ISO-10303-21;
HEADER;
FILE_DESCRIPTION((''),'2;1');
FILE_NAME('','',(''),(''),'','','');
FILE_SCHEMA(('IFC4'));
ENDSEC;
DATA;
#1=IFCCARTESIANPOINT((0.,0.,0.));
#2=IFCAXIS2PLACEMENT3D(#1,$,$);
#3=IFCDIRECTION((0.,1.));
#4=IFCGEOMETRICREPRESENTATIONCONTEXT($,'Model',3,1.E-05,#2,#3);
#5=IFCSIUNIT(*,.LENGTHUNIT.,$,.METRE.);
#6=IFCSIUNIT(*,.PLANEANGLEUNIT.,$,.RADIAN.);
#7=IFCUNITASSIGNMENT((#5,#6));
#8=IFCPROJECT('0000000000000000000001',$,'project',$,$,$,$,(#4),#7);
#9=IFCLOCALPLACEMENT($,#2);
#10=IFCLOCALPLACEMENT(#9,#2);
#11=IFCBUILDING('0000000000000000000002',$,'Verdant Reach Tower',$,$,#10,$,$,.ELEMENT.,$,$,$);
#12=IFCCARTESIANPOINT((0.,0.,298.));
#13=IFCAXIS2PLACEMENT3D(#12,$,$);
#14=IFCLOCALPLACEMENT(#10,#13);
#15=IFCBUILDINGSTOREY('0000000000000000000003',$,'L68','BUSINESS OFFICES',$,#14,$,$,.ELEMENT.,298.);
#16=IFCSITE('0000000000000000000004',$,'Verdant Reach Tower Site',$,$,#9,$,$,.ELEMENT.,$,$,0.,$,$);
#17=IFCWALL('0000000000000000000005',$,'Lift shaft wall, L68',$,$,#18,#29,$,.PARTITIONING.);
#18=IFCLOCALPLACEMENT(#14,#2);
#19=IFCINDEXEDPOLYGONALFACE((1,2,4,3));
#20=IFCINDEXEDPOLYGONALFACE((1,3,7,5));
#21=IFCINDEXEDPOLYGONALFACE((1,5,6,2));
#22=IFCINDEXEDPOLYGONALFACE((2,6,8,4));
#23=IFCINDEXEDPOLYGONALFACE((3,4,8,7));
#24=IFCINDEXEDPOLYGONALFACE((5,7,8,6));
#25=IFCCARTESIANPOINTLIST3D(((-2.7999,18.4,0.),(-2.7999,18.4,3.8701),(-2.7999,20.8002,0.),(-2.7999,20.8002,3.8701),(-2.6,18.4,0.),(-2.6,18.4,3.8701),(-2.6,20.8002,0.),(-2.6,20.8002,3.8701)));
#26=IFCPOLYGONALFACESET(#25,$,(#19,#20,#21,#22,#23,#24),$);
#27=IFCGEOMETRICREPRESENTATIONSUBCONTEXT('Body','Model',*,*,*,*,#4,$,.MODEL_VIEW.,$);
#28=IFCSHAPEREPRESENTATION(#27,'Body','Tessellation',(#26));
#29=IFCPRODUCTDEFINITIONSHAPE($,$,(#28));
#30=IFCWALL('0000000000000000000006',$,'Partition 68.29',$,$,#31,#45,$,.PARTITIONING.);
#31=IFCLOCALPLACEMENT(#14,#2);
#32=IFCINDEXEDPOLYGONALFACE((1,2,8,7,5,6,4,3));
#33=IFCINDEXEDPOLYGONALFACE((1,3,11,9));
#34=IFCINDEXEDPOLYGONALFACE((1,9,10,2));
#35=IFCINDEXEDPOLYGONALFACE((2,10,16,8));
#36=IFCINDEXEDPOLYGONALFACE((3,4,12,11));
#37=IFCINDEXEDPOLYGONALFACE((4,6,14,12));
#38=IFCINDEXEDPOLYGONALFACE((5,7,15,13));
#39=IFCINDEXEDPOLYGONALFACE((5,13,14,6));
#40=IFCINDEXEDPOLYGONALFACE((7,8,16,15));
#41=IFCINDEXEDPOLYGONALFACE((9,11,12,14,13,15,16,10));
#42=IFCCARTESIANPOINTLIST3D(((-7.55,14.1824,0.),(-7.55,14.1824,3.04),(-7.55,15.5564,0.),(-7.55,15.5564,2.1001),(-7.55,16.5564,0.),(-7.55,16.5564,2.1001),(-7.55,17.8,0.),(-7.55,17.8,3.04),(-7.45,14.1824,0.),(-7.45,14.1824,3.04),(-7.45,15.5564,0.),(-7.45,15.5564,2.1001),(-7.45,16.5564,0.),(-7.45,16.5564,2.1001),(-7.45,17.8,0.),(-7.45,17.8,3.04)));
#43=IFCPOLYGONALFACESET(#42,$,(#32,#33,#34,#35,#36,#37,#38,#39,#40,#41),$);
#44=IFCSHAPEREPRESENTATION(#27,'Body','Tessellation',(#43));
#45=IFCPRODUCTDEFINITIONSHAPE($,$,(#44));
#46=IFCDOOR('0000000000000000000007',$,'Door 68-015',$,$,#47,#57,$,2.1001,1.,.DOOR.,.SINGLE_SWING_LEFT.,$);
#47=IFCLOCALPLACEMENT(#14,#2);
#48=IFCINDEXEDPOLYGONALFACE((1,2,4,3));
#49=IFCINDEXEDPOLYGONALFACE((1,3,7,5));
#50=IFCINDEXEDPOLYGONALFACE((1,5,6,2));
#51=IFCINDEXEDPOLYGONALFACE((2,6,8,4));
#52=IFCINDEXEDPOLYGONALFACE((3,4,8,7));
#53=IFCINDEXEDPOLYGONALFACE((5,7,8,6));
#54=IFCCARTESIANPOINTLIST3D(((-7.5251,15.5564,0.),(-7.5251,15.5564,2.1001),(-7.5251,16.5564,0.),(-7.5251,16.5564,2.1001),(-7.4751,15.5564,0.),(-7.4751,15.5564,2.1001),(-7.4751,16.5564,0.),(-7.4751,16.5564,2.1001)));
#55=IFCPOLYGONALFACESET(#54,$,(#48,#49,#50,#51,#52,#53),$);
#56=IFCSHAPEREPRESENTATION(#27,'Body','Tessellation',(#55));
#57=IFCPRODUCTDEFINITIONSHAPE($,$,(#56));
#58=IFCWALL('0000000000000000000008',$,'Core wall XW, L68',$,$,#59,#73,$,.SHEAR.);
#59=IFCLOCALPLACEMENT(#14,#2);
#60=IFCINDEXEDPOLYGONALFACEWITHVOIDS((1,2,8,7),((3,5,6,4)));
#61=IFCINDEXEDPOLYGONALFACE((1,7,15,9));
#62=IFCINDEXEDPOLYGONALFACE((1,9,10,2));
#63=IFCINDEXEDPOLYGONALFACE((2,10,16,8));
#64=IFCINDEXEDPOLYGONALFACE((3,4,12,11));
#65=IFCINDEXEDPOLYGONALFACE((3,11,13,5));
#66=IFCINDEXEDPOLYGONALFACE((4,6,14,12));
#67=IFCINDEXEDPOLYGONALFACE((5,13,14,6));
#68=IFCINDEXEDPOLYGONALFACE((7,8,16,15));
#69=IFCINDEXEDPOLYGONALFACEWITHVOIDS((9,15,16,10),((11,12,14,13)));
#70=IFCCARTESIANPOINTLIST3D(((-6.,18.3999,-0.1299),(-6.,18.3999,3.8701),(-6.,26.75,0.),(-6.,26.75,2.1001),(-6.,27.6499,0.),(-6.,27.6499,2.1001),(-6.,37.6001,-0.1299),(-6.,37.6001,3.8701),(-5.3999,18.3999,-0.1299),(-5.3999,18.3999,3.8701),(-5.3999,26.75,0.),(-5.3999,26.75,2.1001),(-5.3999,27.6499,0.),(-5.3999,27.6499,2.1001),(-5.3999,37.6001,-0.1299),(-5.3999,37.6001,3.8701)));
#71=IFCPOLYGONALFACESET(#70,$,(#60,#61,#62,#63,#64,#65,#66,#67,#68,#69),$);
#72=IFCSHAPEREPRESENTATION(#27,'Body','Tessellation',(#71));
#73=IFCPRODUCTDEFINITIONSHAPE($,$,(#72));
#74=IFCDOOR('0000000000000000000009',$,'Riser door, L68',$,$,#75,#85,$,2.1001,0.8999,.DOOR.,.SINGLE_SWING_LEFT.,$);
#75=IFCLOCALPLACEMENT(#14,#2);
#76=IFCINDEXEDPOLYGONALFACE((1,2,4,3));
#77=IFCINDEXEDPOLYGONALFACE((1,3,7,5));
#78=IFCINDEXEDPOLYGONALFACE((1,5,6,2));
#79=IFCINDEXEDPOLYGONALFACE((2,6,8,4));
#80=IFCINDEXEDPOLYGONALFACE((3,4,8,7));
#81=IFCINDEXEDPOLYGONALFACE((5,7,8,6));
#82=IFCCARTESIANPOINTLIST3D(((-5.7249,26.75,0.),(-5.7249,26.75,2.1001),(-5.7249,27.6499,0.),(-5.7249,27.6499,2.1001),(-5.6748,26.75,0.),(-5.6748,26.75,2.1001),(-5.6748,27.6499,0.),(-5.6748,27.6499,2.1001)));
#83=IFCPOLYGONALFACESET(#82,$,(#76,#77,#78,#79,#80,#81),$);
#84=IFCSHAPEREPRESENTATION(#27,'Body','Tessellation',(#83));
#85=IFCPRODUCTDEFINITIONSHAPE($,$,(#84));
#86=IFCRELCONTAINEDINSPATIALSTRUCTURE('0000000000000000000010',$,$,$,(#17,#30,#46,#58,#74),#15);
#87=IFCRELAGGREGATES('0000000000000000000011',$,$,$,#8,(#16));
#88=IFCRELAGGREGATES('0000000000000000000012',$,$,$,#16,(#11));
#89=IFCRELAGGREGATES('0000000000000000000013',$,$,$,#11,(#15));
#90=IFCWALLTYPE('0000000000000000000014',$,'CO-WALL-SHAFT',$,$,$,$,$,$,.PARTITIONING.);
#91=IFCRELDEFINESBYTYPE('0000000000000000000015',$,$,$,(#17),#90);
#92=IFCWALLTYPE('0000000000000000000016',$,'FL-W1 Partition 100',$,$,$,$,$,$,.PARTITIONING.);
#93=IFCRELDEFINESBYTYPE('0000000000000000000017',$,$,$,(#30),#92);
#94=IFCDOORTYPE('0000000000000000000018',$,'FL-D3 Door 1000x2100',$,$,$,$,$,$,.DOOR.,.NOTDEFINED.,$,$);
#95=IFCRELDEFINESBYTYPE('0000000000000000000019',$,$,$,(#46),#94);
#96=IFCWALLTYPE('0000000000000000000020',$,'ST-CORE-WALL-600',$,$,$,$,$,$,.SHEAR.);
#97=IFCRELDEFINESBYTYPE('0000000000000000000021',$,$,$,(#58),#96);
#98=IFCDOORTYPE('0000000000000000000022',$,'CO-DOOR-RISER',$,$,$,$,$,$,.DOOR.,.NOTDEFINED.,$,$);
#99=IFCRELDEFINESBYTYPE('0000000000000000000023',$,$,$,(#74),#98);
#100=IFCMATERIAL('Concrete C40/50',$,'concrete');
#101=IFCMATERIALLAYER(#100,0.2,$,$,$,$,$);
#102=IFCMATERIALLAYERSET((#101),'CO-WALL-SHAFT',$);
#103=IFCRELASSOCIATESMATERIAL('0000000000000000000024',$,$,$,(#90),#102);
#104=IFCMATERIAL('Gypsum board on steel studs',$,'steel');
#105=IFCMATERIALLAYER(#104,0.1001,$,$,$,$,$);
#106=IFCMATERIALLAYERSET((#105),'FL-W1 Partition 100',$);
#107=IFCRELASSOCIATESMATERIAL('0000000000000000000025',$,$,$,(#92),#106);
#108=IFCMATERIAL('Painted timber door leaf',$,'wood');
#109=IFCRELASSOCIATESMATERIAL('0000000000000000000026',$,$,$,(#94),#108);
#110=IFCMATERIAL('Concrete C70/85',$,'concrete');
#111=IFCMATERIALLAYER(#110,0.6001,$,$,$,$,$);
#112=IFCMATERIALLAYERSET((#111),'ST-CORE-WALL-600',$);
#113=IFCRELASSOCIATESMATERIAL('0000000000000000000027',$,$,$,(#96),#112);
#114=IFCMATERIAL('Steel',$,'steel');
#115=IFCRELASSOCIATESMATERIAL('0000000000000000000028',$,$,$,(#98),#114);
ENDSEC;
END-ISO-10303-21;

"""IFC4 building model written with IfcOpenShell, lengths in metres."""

from ifc_helpers import new_model, si_unit, direction, frame, frame_2d, origin, place, context, subcontext, project, spatial, rectangle, extrude, material, layer, layer_set, type_object, element, fill, save


model = new_model("IFC4")

# Units and contexts
model_context = context("Model", 3, precision=1e-05, world=origin(), true_north=direction((0.0, 1.0)))
body_context = subcontext(model_context, "Body", "Model", "MODEL_VIEW")
ifc_project = project(units=[si_unit("LENGTHUNIT", "METRE"), si_unit("PLANEANGLEUNIT", "RADIAN")], contexts=[model_context])

# Site, building, storey
site_placement = place(None, origin())
site = spatial("IfcSite", under=ifc_project, at=site_placement, Name="Verdant Reach Tower Site", CompositionType="ELEMENT", RefElevation=0.0)
building_placement = place(site_placement, origin())
building = spatial("IfcBuilding", under=site, at=building_placement, Name="Verdant Reach Tower", CompositionType="ELEMENT")
storey_placement = place(building_placement, frame((0.0, 0.0, 298.0)))
storey = spatial("IfcBuildingStorey", under=building, at=storey_placement, Name="L68", Description="BUSINESS OFFICES", CompositionType="ELEMENT", Elevation=298.0)

# Wall
ifc_material_1 = material(Name="Gypsum board on steel studs", Category="steel")
ifc_material_2 = material(Name="Concrete C40/50", Category="concrete")
ifc_layer_1 = layer(ifc_material_2, 0.2)
ifc_layer_set_1 = layer_set([ifc_layer_1], Name="CO-WALL-SHAFT")
wall_type_1 = type_object("IfcWallType", Name="CO-WALL-SHAFT", PredefinedType="PARTITIONING", material=ifc_layer_set_1)
wall_1_placement = place(storey_placement, frame((-2.7, 18.3999, 0.0), z_axis=(0.0, 0.0, 1.0), x_axis=(0.0, 1.0, 0.0)))
element("IfcWall", 1, at=wall_1_placement, inside=storey, type_object=wall_type_1, Name="Lift shaft wall, L68", PredefinedType="PARTITIONING", context=body_context, shape_type="SweptSolid", body=[
    extrude(rectangle(XDim=2.4001, YDim=0.2, at=frame_2d((1.2002, 0.0))), origin(), (0.0, 0.0, 1.0), 3.8701),
])

# Walls, openings, doors
ifc_layer_2 = layer(ifc_material_1, 0.1001)
ifc_layer_set_2 = layer_set([ifc_layer_2], Name="FL-W1 Partition 100")
wall_type_2 = type_object("IfcWallType", Name="FL-W1 Partition 100", PredefinedType="PARTITIONING", material=ifc_layer_set_2)
wall_2_placement = place(storey_placement, frame((-7.5, 17.8, 0.0), z_axis=(0.0, 0.0, 1.0), x_axis=(0.0, -1.0, 0.0)))
wall_2 = element("IfcWall", 2, at=wall_2_placement, inside=storey, type_object=wall_type_2, Name="Partition 68.29", PredefinedType="PARTITIONING", context=body_context, shape_type="SweptSolid", body=[
    extrude(rectangle(XDim=3.6177, YDim=0.1001, at=frame_2d((1.8088, 0.0))), origin(), (0.0, 0.0, 1.0), 3.04),
])
opening_1_placement = place(wall_2_placement, frame((1.2437, 0.0, 0.0)))
opening_1 = element("IfcOpeningElement", 3, at=opening_1_placement, cuts=wall_2, PredefinedType="OPENING", context=body_context, shape_type="SweptSolid", body=[
    extrude(rectangle(XDim=1.0, YDim=2.1001, at=frame_2d((0.5, 1.05))), frame((0.0, 0.0601, 0.0), z_axis=(0.0, -1.0, 0.0), x_axis=(1.0, 0.0, 0.0)), (0.0, 0.0, 1.0), 0.1201),
])
ifc_material_3 = material(Name="Painted timber door leaf", Category="wood")
door_type_1 = type_object("IfcDoorType", Name="FL-D3 Door 1000x2100", OperationType="NOTDEFINED", PredefinedType="DOOR", material=ifc_material_3)
door_1_placement = place(opening_1_placement, origin())
door_1 = element("IfcDoor", 4, at=door_1_placement, inside=storey, type_object=door_type_1, Name="Door 68-015", OperationType="SINGLE_SWING_LEFT", OverallHeight=2.1001, OverallWidth=1.0, PredefinedType="DOOR", context=body_context, shape_type="SweptSolid", body=[
    extrude(rectangle(XDim=1.0, YDim=2.1001, at=frame_2d((0.5, 1.05))), frame((0.0, 0.0249, 0.0), z_axis=(0.0, -1.0, 0.0), x_axis=(1.0, 0.0, 0.0)), (0.0, 0.0, 1.0), 0.05),
])
fill(opening_1, door_1)
ifc_material_4 = material(Name="Concrete C70/85", Category="concrete")
ifc_layer_3 = layer(ifc_material_4, 0.6001)
ifc_layer_set_3 = layer_set([ifc_layer_3], Name="ST-CORE-WALL-600")
wall_type_3 = type_object("IfcWallType", Name="ST-CORE-WALL-600", PredefinedType="SHEAR", material=ifc_layer_set_3)
wall_3_placement = place(storey_placement, frame((-5.7, 18.3999, -0.1299), z_axis=(0.0, 0.0, 1.0), x_axis=(0.0, 1.0, 0.0)))
wall_3 = element("IfcWall", 5, at=wall_3_placement, inside=storey, type_object=wall_type_3, Name="Core wall XW, L68", PredefinedType="SHEAR", context=body_context, shape_type="SweptSolid", body=[
    extrude(rectangle(XDim=19.2002, YDim=0.6001, at=frame_2d((9.6001, 0.0))), origin(), (0.0, 0.0, 1.0), 4.0),
])
opening_2_placement = place(wall_3_placement, frame((8.3501, 0.0, 0.1299)))
opening_2 = element("IfcOpeningElement", 6, at=opening_2_placement, cuts=wall_3, PredefinedType="OPENING", context=body_context, shape_type="SweptSolid", body=[
    extrude(rectangle(XDim=0.8999, YDim=2.1001, at=frame_2d((0.45, 1.05))), frame((0.0, 0.3101, 0.0), z_axis=(0.0, -1.0, 0.0), x_axis=(1.0, 0.0, 0.0)), (0.0, 0.0, 1.0), 0.6201),
])
ifc_material_5 = material(Name="Steel", Category="steel")
door_type_2 = type_object("IfcDoorType", Name="CO-DOOR-RISER", OperationType="NOTDEFINED", PredefinedType="DOOR", material=ifc_material_5)
door_2_placement = place(opening_2_placement, origin())
door_2 = element("IfcDoor", 7, at=door_2_placement, inside=storey, type_object=door_type_2, Name="Riser door, L68", OperationType="SINGLE_SWING_LEFT", OverallHeight=2.1001, OverallWidth=0.8999, PredefinedType="DOOR", context=body_context, shape_type="SweptSolid", body=[
    extrude(rectangle(XDim=0.8999, YDim=2.1001, at=frame_2d((0.45, 1.05))), frame((0.0, 0.0249, 0.0), z_axis=(0.0, -1.0, 0.0), x_axis=(1.0, 0.0, 0.0)), (0.0, 0.0, 1.0), 0.05),
])
fill(opening_2, door_2)

save(model, "model.ifc")
